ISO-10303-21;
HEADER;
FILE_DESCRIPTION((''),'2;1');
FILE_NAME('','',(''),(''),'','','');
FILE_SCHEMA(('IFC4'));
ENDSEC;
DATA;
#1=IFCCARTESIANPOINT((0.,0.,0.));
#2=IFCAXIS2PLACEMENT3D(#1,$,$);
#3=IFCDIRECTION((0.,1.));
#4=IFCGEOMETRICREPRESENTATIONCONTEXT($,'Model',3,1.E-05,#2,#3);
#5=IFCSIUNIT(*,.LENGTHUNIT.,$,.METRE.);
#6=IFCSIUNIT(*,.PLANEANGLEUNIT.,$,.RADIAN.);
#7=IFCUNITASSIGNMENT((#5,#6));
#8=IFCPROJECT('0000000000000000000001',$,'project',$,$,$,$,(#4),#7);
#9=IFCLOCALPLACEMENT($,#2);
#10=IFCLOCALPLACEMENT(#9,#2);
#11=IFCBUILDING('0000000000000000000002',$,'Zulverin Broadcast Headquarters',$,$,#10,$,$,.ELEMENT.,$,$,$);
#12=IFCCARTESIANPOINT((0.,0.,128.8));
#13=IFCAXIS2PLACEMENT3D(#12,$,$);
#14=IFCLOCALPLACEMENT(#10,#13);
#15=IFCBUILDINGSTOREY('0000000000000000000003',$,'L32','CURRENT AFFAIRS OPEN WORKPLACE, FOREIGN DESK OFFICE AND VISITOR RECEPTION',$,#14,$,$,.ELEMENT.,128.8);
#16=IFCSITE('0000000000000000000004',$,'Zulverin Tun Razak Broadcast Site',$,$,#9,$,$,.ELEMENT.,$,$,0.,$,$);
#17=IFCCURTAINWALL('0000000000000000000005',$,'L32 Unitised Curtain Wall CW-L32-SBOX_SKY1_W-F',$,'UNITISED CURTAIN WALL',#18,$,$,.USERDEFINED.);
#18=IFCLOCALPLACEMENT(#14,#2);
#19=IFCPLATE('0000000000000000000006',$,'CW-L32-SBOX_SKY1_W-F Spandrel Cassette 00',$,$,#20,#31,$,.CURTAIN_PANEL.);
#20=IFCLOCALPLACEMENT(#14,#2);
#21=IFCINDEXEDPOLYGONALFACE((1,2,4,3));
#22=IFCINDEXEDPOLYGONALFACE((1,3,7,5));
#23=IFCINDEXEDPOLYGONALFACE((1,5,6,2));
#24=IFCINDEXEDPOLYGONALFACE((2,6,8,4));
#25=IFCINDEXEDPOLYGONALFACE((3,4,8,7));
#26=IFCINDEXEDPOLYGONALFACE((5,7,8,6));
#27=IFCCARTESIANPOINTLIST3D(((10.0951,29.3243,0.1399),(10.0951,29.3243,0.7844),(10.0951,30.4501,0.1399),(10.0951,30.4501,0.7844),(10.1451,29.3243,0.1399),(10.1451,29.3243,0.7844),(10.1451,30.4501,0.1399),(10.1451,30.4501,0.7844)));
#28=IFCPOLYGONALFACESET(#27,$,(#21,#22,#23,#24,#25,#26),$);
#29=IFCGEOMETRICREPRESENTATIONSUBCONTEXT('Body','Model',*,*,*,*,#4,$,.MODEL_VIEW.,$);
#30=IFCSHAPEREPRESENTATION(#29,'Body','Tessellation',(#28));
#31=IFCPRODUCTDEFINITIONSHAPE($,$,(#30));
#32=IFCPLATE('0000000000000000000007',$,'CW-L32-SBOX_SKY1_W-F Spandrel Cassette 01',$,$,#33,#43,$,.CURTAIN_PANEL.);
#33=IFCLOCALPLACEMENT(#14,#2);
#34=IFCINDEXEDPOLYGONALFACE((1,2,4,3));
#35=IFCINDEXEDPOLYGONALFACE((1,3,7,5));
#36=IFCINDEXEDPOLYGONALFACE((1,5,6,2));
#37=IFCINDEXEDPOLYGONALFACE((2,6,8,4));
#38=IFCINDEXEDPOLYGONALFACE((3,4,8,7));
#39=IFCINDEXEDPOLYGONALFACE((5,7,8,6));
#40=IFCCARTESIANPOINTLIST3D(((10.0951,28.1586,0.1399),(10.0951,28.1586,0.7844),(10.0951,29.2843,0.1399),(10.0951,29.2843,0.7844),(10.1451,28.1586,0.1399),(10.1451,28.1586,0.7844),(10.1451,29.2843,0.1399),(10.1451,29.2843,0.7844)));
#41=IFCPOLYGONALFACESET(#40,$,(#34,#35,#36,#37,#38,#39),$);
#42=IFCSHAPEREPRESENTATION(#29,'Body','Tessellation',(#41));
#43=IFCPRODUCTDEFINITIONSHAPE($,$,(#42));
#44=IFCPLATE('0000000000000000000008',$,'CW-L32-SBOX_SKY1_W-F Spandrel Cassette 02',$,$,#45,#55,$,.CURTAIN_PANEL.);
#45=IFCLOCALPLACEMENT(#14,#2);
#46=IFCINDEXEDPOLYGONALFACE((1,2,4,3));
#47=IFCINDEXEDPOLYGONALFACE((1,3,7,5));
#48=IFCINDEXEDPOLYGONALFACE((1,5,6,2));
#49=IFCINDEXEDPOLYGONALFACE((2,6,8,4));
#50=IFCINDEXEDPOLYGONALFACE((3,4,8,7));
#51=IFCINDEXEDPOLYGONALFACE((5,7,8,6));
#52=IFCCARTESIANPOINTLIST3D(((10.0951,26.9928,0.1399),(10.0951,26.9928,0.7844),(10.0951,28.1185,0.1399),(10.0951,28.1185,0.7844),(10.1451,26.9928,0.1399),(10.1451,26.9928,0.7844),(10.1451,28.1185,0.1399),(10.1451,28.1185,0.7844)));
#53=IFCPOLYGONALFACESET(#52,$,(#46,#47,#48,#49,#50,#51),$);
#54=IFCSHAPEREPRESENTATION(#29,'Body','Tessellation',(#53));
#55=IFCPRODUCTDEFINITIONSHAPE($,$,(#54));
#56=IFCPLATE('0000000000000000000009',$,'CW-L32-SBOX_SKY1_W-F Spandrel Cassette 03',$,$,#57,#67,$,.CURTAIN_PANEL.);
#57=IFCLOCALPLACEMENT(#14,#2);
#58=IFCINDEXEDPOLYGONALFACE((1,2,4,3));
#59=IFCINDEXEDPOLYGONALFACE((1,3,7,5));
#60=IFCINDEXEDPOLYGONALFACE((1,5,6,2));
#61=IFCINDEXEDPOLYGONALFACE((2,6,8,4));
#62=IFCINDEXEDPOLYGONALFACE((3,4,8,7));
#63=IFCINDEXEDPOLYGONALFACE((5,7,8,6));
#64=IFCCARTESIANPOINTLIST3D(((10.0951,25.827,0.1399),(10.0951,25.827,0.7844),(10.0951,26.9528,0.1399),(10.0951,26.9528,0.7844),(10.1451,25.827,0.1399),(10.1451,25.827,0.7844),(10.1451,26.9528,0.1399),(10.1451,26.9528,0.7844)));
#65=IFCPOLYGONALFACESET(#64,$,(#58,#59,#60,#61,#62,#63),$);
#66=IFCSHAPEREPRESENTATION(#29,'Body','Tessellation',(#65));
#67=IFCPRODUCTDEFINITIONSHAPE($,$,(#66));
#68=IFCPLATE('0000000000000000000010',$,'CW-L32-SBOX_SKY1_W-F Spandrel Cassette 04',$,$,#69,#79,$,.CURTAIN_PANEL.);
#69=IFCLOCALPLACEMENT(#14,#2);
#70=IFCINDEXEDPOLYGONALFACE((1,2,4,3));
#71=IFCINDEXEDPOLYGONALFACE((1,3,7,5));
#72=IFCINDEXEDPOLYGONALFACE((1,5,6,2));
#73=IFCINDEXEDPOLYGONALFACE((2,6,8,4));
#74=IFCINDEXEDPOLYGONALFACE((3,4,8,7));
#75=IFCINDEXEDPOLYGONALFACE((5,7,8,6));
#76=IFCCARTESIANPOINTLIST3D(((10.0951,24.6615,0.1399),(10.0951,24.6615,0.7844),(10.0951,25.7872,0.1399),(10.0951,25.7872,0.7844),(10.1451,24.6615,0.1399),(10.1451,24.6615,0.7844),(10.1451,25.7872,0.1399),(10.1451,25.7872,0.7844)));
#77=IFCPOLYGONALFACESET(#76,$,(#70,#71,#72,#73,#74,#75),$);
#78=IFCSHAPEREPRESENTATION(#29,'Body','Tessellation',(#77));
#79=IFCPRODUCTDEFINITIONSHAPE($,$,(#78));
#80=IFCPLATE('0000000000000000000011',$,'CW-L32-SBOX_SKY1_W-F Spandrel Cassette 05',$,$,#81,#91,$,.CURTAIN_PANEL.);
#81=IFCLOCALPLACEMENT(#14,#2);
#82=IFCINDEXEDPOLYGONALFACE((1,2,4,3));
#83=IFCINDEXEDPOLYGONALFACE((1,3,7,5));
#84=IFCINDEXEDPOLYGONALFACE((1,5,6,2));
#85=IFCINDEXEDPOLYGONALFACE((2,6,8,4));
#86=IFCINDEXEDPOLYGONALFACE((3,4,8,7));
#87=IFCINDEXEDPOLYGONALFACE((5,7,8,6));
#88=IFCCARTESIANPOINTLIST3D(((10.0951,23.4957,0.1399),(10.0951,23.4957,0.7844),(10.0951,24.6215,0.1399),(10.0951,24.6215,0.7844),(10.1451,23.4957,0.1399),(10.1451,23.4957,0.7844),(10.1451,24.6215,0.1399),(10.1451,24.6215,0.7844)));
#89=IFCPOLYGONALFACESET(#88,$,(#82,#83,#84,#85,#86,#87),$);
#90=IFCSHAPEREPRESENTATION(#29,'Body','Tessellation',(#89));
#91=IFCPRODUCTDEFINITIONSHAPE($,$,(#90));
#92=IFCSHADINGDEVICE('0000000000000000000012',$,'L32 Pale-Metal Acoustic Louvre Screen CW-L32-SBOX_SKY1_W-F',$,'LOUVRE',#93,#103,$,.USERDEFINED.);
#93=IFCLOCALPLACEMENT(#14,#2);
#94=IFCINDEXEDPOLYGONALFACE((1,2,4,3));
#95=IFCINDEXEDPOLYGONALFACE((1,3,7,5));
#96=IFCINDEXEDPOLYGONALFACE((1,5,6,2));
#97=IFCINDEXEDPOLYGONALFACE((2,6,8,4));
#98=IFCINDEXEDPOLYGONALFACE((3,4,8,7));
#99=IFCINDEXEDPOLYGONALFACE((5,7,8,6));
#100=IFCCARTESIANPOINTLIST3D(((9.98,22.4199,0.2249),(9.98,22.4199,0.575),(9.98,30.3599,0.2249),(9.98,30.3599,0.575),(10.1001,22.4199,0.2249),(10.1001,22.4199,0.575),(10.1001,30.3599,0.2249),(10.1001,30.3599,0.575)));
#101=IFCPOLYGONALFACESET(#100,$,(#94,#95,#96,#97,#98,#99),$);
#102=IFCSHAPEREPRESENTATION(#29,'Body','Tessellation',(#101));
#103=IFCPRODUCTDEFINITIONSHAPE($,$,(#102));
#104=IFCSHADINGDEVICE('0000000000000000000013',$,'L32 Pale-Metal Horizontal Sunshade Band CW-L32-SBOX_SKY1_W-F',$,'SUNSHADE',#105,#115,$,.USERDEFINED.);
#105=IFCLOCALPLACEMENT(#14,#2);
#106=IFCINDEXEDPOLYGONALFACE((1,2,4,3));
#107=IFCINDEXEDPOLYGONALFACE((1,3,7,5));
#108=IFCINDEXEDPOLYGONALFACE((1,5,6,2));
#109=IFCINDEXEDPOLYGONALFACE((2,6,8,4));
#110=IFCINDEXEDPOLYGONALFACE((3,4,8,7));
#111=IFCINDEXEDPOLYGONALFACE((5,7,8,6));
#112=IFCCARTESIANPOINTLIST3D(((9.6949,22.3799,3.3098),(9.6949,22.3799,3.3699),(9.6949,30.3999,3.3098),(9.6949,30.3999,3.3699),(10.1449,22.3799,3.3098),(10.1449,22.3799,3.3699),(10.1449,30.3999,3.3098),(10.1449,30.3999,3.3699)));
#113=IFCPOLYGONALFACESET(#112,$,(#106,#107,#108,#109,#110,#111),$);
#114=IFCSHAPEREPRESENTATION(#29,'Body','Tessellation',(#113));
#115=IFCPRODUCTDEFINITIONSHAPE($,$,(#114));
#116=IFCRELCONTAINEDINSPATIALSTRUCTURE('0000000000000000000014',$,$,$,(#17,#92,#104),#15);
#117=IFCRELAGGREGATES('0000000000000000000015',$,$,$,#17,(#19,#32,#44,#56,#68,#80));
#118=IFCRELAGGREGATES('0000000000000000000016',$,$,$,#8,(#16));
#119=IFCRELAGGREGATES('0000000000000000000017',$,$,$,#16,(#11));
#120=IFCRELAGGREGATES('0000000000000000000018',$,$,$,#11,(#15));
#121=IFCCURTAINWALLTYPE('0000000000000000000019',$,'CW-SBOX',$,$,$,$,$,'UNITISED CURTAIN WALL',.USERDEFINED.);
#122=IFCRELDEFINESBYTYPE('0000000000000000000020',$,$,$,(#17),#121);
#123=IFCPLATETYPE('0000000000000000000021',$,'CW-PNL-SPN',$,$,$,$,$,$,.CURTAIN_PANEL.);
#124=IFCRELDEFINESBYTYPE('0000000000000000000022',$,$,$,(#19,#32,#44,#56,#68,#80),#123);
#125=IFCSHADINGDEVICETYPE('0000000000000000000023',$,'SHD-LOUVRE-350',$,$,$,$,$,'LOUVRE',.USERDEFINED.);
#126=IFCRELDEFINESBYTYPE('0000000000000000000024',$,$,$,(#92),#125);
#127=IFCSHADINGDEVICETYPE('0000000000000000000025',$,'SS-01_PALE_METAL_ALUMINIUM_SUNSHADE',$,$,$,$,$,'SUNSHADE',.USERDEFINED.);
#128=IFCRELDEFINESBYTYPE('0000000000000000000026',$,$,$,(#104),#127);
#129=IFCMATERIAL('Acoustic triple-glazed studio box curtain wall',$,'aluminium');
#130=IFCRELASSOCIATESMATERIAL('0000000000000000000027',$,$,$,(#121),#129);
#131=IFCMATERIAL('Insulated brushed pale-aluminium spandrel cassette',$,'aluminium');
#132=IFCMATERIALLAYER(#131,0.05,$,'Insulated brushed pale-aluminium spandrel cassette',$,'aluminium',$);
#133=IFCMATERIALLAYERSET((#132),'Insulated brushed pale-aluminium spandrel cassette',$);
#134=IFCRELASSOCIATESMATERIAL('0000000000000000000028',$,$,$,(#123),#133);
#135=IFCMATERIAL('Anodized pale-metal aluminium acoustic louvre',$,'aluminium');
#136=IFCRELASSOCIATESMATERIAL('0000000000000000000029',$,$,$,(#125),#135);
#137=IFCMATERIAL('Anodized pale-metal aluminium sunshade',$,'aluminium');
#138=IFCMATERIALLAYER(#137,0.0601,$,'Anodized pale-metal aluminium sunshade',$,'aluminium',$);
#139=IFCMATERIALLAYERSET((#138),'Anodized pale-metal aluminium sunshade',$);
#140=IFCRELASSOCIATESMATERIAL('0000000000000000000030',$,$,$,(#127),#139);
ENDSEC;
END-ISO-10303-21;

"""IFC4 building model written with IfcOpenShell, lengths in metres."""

from ifc_helpers import new_model, si_unit, direction, frame, origin, origin_2d, place, context, subcontext, project, spatial, rectangle, extrude, material, layer, layer_set, type_object, element, aggregate, save


model = new_model("IFC4")

# Units and contexts
model_context = context("Model", 3, precision=1e-05, world=origin(), true_north=direction((0.0, 1.0)))
body_context = subcontext(model_context, "Body", "Model", "MODEL_VIEW")
ifc_project = project(units=[si_unit("LENGTHUNIT", "METRE"), si_unit("PLANEANGLEUNIT", "RADIAN")], contexts=[model_context])

# Site, building, storey
site_placement = place(None, origin())
site = spatial("IfcSite", under=ifc_project, at=site_placement, Name="Zulverin Tun Razak Broadcast Site", CompositionType="ELEMENT", RefElevation=0.0)
building_placement = place(site_placement, origin())
building = spatial("IfcBuilding", under=site, at=building_placement, Name="Zulverin Broadcast Headquarters", CompositionType="ELEMENT")
storey_placement = place(building_placement, frame((0.0, 0.0, 128.8)))
storey = spatial("IfcBuildingStorey", under=building, at=storey_placement, Name="L32", Description="CURRENT AFFAIRS OPEN WORKPLACE, FOREIGN DESK OFFICE AND VISITOR RECEPTION", CompositionType="ELEMENT", Elevation=128.8)

# Curtain wall, plates
ifc_material_1 = material(Name="Acoustic triple-glazed studio box curtain wall", Category="aluminium")
curtain_wall_type = type_object("IfcCurtainWallType", Name="CW-SBOX", ElementType="UNITISED CURTAIN WALL", PredefinedType="USERDEFINED", material=ifc_material_1)
curtain_wall_placement = place(storey_placement, origin())
curtain_wall = element("IfcCurtainWall", 1, at=curtain_wall_placement, inside=storey, type_object=curtain_wall_type, Name="L32 Unitised Curtain Wall CW-L32-SBOX_SKY1_W-F", ObjectType="UNITISED CURTAIN WALL", PredefinedType="USERDEFINED")
ifc_material_2 = material(Name="Insulated brushed pale-aluminium spandrel cassette", Category="aluminium")
ifc_layer_1 = layer(ifc_material_2, 0.05, Name="Insulated brushed pale-aluminium spandrel cassette", Category="aluminium")
ifc_layer_set_1 = layer_set([ifc_layer_1], Name="Insulated brushed pale-aluminium spandrel cassette")
plate_type_1 = type_object("IfcPlateType", Name="CW-PNL-SPN", PredefinedType="CURTAIN_PANEL", material=ifc_layer_set_1)
plate_1_placement = place(storey_placement, frame((10.1201, 29.8872, 0.1399), z_axis=(0.0, 0.0, 1.0), x_axis=(0.0, -1.0, 0.0)))
plate_1 = element("IfcPlate", 2, at=plate_1_placement, type_object=plate_type_1, Name="CW-L32-SBOX_SKY1_W-F Spandrel Cassette 00", PredefinedType="CURTAIN_PANEL", context=body_context, shape_type="SweptSolid", body=[
    extrude(rectangle(XDim=1.1257, YDim=0.05, at=origin_2d()), origin(), (0.0, 0.0, 1.0), 0.6445),
])
plate_2_placement = place(storey_placement, frame((10.1201, 28.7214, 0.1399), z_axis=(0.0, 0.0, 1.0), x_axis=(0.0, -1.0, 0.0)))
plate_2 = element("IfcPlate", 3, at=plate_2_placement, type_object=plate_type_1, Name="CW-L32-SBOX_SKY1_W-F Spandrel Cassette 01", PredefinedType="CURTAIN_PANEL", context=body_context, shape_type="SweptSolid", body=[
    extrude(rectangle(XDim=1.1257, YDim=0.05, at=origin_2d()), origin(), (0.0, 0.0, 1.0), 0.6445),
])
plate_3_placement = place(storey_placement, frame((10.1201, 27.5557, 0.1399), z_axis=(0.0, 0.0, 1.0), x_axis=(0.0, -1.0, 0.0)))
plate_3 = element("IfcPlate", 4, at=plate_3_placement, type_object=plate_type_1, Name="CW-L32-SBOX_SKY1_W-F Spandrel Cassette 02", PredefinedType="CURTAIN_PANEL", context=body_context, shape_type="SweptSolid", body=[
    extrude(rectangle(XDim=1.1257, YDim=0.05, at=origin_2d()), origin(), (0.0, 0.0, 1.0), 0.6445),
])
plate_4_placement = place(storey_placement, frame((10.1201, 26.3899, 0.1399), z_axis=(0.0, 0.0, 1.0), x_axis=(0.0, -1.0, 0.0)))
plate_4 = element("IfcPlate", 5, at=plate_4_placement, type_object=plate_type_1, Name="CW-L32-SBOX_SKY1_W-F Spandrel Cassette 03", PredefinedType="CURTAIN_PANEL", context=body_context, shape_type="SweptSolid", body=[
    extrude(rectangle(XDim=1.1257, YDim=0.05, at=origin_2d()), origin(), (0.0, 0.0, 1.0), 0.6445),
])
plate_5_placement = place(storey_placement, frame((10.1201, 25.2244, 0.1399), z_axis=(0.0, 0.0, 1.0), x_axis=(0.0, -1.0, 0.0)))
plate_5 = element("IfcPlate", 6, at=plate_5_placement, type_object=plate_type_1, Name="CW-L32-SBOX_SKY1_W-F Spandrel Cassette 04", PredefinedType="CURTAIN_PANEL", context=body_context, shape_type="SweptSolid", body=[
    extrude(rectangle(XDim=1.1257, YDim=0.05, at=origin_2d()), origin(), (0.0, 0.0, 1.0), 0.6445),
])
plate_6_placement = place(storey_placement, frame((10.1201, 24.0586, 0.1399), z_axis=(0.0, 0.0, 1.0), x_axis=(0.0, -1.0, 0.0)))
plate_6 = element("IfcPlate", 7, at=plate_6_placement, type_object=plate_type_1, Name="CW-L32-SBOX_SKY1_W-F Spandrel Cassette 05", PredefinedType="CURTAIN_PANEL", context=body_context, shape_type="SweptSolid", body=[
    extrude(rectangle(XDim=1.1257, YDim=0.05, at=origin_2d()), origin(), (0.0, 0.0, 1.0), 0.6445),
])
aggregate(curtain_wall, [plate_1, plate_2, plate_3, plate_4, plate_5, plate_6])

# Shading devices
ifc_material_3 = material(Name="Anodized pale-metal aluminium acoustic louvre", Category="aluminium")
shading_device_type_1 = type_object("IfcShadingDeviceType", Name="SHD-LOUVRE-350", ElementType="LOUVRE", PredefinedType="USERDEFINED", material=ifc_material_3)
shading_device_1_placement = place(storey_placement, frame((10.04, 26.3899, 0.2249), z_axis=(0.0, 0.0, 1.0), x_axis=(0.0, -1.0, 0.0)))
element("IfcShadingDevice", 8, at=shading_device_1_placement, inside=storey, type_object=shading_device_type_1, Name="L32 Pale-Metal Acoustic Louvre Screen CW-L32-SBOX_SKY1_W-F", ObjectType="LOUVRE", PredefinedType="USERDEFINED", context=body_context, shape_type="SweptSolid", body=[
    extrude(rectangle(XDim=7.9399, YDim=0.1201, at=origin_2d()), origin(), (0.0, 0.0, 1.0), 0.3501),
])
ifc_material_4 = material(Name="Anodized pale-metal aluminium sunshade", Category="aluminium")
ifc_layer_2 = layer(ifc_material_4, 0.0601, Name="Anodized pale-metal aluminium sunshade", Category="aluminium")
ifc_layer_set_2 = layer_set([ifc_layer_2], Name="Anodized pale-metal aluminium sunshade")
shading_device_type_2 = type_object("IfcShadingDeviceType", Name="SS-01_PALE_METAL_ALUMINIUM_SUNSHADE", ElementType="SUNSHADE", PredefinedType="USERDEFINED", material=ifc_layer_set_2)
shading_device_2_placement = place(storey_placement, frame((9.9199, 26.3899, 3.3098), z_axis=(0.0, 0.0, 1.0), x_axis=(0.0, -1.0, 0.0)))
element("IfcShadingDevice", 9, at=shading_device_2_placement, inside=storey, type_object=shading_device_type_2, Name="L32 Pale-Metal Horizontal Sunshade Band CW-L32-SBOX_SKY1_W-F", ObjectType="SUNSHADE", PredefinedType="USERDEFINED", context=body_context, shape_type="SweptSolid", body=[
    extrude(rectangle(XDim=8.02, YDim=0.45, at=origin_2d()), origin(), (0.0, 0.0, 1.0), 0.0601),
])

save(model, "model.ifc")
